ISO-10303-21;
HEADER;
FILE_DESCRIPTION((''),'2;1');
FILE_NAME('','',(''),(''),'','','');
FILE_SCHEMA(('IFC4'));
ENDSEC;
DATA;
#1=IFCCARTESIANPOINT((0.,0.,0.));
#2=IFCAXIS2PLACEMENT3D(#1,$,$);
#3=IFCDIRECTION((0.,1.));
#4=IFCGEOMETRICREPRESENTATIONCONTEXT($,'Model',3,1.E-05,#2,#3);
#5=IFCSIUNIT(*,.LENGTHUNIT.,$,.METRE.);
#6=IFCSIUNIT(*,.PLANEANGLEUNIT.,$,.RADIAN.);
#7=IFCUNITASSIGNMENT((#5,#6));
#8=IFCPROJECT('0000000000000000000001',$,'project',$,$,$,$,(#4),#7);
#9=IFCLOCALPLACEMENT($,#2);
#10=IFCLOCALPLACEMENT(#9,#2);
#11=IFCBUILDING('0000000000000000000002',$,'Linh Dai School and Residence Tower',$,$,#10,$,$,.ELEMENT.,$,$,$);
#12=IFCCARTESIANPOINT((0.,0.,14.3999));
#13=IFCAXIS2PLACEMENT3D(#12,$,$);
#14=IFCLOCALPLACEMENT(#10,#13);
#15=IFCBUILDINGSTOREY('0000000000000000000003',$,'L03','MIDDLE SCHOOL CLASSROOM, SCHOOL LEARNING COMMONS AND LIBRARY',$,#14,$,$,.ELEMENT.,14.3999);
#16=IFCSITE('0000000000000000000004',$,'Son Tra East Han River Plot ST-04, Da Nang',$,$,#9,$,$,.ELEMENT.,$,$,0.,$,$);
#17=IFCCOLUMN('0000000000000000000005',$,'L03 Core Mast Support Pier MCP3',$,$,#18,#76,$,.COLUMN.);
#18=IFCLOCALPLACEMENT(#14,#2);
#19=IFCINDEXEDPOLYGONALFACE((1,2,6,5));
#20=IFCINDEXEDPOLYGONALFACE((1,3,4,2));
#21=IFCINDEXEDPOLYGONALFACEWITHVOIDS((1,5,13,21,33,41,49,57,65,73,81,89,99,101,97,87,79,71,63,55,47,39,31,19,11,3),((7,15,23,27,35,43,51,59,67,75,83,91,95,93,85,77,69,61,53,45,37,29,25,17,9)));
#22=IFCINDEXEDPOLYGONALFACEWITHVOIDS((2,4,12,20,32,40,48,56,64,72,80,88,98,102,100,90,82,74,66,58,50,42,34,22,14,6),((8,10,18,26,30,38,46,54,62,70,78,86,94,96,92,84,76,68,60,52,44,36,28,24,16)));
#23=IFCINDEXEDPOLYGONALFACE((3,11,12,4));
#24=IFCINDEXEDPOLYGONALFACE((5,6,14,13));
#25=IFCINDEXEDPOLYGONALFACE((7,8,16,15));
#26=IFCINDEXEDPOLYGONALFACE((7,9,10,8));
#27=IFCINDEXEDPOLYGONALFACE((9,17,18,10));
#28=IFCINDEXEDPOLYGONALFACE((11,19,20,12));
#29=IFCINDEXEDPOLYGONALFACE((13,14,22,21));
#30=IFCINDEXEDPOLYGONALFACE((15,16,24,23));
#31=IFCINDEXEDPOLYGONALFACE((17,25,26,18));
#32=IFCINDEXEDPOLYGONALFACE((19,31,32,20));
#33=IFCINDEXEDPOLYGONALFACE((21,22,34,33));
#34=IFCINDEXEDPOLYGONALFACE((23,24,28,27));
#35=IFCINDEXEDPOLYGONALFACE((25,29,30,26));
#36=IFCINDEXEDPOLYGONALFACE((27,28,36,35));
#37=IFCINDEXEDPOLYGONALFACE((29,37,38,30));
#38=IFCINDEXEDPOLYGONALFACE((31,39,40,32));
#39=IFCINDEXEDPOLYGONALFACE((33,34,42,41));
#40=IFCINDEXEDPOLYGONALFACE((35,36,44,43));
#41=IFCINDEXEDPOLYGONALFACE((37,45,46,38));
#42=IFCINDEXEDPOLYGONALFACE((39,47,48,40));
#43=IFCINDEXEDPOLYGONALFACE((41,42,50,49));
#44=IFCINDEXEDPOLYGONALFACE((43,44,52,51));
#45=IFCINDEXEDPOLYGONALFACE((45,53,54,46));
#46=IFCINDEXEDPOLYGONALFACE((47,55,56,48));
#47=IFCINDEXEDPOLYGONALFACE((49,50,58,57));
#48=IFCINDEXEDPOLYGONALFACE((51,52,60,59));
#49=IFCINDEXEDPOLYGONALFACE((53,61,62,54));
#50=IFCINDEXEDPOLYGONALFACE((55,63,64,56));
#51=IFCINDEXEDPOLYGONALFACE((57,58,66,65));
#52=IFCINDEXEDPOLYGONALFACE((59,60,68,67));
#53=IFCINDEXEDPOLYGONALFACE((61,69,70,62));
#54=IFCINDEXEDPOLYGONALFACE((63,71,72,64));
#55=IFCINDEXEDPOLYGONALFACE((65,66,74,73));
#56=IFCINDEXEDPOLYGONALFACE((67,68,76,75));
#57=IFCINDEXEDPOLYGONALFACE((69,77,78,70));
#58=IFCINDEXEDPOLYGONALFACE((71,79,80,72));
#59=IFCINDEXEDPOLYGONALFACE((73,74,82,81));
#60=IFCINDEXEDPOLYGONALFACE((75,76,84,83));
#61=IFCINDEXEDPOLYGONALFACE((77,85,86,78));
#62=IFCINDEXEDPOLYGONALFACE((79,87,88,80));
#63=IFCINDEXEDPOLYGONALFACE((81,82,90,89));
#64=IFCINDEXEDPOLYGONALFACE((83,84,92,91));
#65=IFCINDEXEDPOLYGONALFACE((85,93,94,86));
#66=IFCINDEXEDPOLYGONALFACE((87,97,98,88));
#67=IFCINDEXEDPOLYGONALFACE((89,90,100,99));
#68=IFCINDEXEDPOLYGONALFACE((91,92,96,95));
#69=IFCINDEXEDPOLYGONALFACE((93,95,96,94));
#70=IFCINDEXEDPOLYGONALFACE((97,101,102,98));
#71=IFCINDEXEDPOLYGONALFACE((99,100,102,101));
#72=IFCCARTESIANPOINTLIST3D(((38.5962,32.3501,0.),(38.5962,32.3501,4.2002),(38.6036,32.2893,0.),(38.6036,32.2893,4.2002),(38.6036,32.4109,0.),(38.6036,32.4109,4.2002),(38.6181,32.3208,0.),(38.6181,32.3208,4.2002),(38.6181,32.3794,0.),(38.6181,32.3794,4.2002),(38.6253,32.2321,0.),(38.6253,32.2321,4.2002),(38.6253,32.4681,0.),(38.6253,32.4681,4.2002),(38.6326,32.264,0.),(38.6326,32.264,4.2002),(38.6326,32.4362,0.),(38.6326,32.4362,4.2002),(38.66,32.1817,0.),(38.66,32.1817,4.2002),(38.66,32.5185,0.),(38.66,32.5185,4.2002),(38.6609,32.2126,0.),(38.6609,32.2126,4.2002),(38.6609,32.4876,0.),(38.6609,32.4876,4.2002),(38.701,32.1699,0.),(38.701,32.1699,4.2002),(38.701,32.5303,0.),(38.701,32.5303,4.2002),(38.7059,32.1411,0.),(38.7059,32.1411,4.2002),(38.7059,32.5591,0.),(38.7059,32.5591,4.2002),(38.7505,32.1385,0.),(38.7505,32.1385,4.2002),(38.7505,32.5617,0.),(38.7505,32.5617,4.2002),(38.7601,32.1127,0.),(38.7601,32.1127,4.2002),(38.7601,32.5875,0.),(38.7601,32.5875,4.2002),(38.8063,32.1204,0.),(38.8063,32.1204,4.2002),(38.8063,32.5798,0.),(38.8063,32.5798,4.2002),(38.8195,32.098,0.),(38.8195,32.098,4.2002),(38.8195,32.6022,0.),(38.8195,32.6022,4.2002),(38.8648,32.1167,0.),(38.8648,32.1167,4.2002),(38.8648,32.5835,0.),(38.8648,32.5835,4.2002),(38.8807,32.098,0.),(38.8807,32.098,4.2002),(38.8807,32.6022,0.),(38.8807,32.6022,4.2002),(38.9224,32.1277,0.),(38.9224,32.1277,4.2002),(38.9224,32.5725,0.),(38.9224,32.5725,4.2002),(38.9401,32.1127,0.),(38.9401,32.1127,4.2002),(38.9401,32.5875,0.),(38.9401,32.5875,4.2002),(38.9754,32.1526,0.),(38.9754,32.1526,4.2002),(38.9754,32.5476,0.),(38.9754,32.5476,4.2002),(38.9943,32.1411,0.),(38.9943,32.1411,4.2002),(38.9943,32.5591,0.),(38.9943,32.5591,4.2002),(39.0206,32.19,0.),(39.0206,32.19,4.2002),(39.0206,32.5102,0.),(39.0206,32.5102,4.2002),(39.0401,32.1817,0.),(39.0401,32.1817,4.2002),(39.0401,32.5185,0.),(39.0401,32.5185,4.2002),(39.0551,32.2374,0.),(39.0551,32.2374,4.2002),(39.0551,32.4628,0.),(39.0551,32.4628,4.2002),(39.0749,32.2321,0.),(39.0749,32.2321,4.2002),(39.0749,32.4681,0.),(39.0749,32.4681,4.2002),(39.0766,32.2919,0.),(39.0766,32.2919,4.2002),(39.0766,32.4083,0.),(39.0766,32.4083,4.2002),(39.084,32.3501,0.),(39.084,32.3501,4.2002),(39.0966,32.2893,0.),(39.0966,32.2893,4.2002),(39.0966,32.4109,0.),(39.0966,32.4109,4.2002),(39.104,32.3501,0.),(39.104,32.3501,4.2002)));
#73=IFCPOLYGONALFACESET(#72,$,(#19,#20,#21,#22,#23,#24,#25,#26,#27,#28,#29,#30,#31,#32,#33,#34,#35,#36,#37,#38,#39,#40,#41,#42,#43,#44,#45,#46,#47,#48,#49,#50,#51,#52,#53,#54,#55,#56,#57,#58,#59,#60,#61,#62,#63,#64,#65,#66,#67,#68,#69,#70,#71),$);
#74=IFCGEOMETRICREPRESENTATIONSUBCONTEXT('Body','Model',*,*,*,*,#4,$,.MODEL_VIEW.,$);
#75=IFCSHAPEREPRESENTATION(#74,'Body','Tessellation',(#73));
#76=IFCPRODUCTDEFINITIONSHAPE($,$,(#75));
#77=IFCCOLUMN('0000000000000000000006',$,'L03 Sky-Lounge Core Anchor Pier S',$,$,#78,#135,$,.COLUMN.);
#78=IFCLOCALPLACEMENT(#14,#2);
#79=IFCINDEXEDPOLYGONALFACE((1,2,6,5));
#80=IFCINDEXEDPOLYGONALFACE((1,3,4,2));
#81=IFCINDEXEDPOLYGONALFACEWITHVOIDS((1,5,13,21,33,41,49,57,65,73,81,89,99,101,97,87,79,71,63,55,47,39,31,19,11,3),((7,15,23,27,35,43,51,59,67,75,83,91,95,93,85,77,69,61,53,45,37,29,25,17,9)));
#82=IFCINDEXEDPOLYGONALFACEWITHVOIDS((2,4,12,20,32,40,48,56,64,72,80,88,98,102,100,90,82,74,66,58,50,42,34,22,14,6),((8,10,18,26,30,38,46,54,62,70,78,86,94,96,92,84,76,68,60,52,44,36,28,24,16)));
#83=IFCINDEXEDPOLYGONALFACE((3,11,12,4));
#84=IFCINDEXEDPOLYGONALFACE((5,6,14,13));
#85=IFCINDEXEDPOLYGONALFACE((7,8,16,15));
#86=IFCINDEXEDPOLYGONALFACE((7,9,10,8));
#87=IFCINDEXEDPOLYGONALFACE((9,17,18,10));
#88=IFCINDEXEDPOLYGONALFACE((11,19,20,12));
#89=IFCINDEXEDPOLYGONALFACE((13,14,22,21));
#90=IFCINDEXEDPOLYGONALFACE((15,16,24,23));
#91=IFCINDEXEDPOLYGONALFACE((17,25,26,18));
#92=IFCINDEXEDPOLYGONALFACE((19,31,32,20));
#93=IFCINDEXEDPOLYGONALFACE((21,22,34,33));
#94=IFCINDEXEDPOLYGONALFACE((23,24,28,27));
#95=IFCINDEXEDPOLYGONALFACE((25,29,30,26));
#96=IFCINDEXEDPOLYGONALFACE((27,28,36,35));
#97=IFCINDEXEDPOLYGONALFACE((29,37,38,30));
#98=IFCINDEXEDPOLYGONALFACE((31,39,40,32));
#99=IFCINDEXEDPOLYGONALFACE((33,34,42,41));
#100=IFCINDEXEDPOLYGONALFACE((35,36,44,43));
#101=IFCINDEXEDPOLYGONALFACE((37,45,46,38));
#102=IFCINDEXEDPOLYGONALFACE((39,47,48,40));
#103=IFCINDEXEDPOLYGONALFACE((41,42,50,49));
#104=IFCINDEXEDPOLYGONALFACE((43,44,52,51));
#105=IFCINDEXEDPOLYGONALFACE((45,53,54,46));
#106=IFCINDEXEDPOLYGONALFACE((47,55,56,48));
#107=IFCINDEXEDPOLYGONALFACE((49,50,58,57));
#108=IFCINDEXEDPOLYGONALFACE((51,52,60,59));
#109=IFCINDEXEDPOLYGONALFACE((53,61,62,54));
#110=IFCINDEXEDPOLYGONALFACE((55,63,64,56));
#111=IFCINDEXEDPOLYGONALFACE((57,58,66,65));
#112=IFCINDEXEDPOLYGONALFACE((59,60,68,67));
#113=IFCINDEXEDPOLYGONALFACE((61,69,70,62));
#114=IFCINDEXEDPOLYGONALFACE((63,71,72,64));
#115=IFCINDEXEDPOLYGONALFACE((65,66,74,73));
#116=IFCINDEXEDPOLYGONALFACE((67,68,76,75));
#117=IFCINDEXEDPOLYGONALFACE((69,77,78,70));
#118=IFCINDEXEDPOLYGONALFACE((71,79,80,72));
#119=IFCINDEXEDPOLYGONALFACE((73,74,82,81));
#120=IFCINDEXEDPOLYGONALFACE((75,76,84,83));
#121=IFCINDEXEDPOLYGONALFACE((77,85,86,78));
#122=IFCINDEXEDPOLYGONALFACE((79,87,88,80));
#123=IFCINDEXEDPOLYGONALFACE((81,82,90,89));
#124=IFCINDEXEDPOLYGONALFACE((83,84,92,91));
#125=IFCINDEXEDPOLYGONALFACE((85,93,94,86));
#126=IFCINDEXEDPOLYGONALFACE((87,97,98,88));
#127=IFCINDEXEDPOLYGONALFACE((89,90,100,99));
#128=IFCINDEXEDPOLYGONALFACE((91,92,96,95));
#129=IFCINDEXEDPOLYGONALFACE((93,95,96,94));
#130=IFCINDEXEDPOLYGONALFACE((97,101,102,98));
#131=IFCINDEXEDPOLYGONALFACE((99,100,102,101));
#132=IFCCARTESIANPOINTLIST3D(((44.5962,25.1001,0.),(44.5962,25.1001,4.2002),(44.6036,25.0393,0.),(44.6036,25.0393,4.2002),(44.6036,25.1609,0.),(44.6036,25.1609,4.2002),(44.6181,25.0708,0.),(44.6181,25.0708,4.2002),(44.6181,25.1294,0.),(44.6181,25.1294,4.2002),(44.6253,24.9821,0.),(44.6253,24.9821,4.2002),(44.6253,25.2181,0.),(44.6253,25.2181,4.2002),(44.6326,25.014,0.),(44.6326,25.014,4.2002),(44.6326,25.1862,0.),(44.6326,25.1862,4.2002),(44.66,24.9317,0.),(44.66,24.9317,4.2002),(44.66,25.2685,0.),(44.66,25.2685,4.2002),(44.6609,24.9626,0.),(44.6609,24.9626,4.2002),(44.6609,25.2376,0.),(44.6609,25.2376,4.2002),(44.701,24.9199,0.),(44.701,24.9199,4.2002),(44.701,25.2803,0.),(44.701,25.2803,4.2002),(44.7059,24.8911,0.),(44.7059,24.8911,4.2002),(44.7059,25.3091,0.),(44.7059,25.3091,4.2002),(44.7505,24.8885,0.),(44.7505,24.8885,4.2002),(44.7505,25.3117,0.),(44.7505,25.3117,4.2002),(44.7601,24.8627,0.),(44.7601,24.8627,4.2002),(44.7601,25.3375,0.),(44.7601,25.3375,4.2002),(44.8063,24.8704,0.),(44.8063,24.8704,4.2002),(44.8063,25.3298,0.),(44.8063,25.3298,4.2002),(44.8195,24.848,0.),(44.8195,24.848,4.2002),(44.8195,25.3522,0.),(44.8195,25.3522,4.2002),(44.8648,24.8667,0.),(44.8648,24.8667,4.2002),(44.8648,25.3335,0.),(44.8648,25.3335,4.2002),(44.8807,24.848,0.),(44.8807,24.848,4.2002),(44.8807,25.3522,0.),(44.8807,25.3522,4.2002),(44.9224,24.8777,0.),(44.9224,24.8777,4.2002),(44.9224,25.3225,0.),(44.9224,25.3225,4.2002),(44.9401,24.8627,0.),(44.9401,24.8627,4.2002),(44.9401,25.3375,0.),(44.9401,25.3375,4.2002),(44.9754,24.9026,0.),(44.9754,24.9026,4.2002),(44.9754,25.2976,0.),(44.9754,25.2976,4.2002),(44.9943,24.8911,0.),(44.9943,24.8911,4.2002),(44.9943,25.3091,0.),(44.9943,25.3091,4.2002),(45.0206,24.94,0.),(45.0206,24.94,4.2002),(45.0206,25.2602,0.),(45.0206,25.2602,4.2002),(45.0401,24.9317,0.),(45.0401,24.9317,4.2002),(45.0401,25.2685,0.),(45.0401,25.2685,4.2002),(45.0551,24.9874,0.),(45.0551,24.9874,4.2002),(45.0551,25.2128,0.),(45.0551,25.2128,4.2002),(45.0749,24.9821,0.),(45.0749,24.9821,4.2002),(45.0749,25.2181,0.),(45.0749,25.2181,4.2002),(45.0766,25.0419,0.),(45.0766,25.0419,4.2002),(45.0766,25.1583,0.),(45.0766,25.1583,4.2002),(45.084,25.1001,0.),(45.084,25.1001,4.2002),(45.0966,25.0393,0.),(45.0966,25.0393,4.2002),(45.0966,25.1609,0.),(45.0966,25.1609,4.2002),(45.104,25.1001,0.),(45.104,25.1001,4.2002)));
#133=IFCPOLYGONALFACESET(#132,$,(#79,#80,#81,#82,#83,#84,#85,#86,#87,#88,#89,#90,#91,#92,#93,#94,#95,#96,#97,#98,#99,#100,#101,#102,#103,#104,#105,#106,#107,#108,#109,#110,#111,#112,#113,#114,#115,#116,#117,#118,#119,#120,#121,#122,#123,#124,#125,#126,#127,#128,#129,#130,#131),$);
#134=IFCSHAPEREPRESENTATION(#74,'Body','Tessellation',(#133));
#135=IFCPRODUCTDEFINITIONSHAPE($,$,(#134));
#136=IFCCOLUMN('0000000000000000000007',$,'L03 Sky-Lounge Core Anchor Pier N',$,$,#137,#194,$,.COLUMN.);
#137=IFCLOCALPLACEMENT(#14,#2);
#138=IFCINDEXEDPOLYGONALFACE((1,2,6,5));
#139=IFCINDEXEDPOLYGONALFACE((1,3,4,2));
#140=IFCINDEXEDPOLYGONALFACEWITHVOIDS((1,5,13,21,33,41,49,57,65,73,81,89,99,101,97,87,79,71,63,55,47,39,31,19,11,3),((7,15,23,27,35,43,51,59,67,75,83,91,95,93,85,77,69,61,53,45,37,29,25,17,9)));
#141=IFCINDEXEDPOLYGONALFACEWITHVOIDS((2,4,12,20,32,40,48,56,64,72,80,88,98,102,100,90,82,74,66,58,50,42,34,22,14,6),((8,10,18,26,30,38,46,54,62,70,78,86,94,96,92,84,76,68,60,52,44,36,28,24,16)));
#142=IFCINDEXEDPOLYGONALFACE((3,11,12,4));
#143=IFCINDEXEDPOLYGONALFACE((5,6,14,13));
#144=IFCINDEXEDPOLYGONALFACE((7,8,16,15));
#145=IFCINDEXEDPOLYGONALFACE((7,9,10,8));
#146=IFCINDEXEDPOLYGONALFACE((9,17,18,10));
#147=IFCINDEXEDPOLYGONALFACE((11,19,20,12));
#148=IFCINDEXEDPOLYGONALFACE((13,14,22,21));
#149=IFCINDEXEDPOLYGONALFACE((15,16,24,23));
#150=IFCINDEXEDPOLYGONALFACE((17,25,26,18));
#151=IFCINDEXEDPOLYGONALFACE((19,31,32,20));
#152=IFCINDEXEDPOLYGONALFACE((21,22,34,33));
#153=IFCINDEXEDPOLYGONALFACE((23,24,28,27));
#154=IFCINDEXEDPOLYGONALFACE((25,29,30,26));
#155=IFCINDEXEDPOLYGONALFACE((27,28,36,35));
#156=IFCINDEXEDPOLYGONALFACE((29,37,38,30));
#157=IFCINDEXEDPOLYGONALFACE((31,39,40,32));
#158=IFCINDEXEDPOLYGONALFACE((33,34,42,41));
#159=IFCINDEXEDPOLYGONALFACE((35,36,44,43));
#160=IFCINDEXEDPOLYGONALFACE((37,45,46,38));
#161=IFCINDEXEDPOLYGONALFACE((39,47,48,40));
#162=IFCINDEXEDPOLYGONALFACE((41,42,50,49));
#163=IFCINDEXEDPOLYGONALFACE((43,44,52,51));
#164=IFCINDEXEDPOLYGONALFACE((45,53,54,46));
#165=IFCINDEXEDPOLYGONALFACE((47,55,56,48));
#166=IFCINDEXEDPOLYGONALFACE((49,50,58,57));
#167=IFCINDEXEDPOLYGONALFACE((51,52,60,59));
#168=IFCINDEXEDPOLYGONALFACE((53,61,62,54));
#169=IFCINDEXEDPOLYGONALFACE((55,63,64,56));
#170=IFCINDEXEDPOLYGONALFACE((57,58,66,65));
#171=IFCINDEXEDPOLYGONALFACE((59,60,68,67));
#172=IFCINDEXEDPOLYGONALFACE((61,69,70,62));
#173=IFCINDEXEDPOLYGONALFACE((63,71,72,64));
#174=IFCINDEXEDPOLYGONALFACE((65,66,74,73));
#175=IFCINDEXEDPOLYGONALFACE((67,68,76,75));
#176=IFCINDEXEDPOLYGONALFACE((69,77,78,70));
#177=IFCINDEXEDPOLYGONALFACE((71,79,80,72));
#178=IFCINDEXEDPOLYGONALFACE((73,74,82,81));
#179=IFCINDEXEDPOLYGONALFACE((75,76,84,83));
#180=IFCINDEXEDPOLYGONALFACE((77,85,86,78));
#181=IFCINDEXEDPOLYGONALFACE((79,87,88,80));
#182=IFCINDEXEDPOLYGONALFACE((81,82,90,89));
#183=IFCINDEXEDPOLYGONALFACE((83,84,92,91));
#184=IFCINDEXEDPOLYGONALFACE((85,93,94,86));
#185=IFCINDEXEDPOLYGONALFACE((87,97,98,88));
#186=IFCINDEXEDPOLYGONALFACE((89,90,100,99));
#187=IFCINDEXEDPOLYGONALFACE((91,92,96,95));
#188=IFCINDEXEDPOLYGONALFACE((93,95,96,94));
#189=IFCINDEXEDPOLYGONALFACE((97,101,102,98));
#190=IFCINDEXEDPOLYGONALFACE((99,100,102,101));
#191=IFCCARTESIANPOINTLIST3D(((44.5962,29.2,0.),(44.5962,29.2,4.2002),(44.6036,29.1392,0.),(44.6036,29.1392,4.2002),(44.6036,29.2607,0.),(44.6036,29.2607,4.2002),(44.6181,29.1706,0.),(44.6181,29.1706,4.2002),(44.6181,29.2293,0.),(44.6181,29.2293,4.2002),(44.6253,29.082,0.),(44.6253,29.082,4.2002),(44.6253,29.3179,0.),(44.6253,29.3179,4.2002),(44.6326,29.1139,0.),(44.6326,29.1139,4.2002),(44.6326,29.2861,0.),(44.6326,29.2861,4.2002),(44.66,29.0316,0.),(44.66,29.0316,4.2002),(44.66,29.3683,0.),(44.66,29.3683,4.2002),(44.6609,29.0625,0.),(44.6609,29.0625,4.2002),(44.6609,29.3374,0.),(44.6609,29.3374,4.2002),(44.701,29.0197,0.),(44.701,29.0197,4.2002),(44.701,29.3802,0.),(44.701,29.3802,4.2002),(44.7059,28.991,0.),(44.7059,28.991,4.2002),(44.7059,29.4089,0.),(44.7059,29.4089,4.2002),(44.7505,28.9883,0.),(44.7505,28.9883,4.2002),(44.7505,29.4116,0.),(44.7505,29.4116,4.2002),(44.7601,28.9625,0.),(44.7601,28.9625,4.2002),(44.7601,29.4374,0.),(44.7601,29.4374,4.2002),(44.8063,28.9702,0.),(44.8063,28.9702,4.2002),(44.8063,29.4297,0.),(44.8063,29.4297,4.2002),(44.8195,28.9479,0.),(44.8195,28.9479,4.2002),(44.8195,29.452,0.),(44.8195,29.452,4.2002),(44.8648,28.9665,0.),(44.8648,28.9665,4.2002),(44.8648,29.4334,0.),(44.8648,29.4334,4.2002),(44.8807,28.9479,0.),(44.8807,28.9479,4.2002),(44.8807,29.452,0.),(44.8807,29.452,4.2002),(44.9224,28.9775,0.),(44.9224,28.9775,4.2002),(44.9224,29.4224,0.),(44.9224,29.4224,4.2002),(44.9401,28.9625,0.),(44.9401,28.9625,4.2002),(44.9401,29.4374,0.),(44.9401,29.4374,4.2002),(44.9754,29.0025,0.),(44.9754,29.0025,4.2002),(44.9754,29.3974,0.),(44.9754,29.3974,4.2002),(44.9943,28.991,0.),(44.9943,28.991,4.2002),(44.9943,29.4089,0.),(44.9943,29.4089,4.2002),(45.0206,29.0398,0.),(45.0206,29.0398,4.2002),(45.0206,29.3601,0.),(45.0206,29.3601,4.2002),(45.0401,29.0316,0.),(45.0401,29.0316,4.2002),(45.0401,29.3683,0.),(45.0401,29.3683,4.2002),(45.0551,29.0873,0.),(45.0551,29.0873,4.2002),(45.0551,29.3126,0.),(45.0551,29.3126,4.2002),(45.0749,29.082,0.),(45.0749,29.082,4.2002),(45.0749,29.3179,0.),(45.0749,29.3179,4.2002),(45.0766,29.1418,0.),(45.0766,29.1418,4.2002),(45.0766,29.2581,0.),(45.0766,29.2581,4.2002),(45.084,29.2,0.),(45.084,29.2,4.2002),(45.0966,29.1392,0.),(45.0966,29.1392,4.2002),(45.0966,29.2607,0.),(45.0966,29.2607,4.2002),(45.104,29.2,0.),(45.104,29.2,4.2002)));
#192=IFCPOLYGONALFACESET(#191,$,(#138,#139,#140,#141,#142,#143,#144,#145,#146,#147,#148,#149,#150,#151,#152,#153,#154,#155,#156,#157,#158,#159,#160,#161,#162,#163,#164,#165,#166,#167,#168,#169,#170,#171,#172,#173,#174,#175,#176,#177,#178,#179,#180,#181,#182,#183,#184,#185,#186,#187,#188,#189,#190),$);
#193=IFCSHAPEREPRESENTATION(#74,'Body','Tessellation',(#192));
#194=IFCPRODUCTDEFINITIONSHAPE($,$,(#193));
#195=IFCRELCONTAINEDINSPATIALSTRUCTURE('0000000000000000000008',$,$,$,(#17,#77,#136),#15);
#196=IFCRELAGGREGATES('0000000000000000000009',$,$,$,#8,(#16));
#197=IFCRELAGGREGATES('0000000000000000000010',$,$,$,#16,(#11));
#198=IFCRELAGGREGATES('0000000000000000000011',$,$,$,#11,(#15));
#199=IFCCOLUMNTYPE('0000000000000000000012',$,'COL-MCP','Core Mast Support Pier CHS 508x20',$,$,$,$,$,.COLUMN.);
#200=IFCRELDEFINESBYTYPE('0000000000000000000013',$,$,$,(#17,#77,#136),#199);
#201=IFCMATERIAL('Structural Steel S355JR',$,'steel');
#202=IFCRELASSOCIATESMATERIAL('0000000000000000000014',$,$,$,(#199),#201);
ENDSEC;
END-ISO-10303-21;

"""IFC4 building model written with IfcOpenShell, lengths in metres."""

from ifc_helpers import new_model, si_unit, direction, frame, origin, origin_2d, place, context, subcontext, project, spatial, hollow_circle, extrude, material, material_profile, profile_set, type_object, element, save


model = new_model("IFC4")

# Units and contexts
model_context = context("Model", 3, precision=1e-05, world=origin(), true_north=direction((0.0, 1.0)))
body_context = subcontext(model_context, "Body", "Model", "MODEL_VIEW")
ifc_project = project(units=[si_unit("LENGTHUNIT", "METRE"), si_unit("PLANEANGLEUNIT", "RADIAN")], contexts=[model_context])

# Site, building, storey
site_placement = place(None, origin())
site = spatial("IfcSite", under=ifc_project, at=site_placement, Name="Son Tra East Han River Plot ST-04, Da Nang", CompositionType="ELEMENT", RefElevation=0.0)
building_placement = place(site_placement, origin())
building = spatial("IfcBuilding", under=site, at=building_placement, Name="Linh Dai School and Residence Tower", CompositionType="ELEMENT")
storey_placement = place(building_placement, frame((0.0, 0.0, 14.3999)))
storey = spatial("IfcBuildingStorey", under=building, at=storey_placement, Name="L03", Description="MIDDLE SCHOOL CLASSROOM, SCHOOL LEARNING COMMONS AND LIBRARY", CompositionType="ELEMENT", Elevation=14.3999)

# Columns
ifc_material_1 = material(Name="Structural Steel S355JR", Category="steel")
ifc_material_profile_1 = material_profile(ifc_material_1, hollow_circle(Radius=0.2539, WallThickness=0.02, at=origin_2d()), Name="CHS 508x20")
ifc_profile_set_1 = profile_set([ifc_material_profile_1], Name="Structural Steel S355JR")
column_type_1 = type_object("IfcColumnType", Name="COL-MCP", Description="Core Mast Support Pier CHS 508x20", PredefinedType="COLUMN", material=ifc_profile_set_1)
for number, where, z_axis, x_axis, name in (
    (1, (38.8501, 32.3501, 0.0), (0.0, 0.0, 1.0), (1.0, 0.0, 0.0), "L03 Core Mast Support Pier MCP3"),
    (2, (44.8501, 25.1001, 0.0), (0.0, 0.0, 1.0), (1.0, 0.0, 0.0), "L03 Sky-Lounge Core Anchor Pier S"),
    (3, (44.8501, 29.2, 0.0), (0.0, 0.0, 1.0), (1.0, 0.0, 0.0), "L03 Sky-Lounge Core Anchor Pier N"),
):
    element("IfcColumn", number, at=place(storey_placement, frame(where, z_axis=z_axis, x_axis=x_axis)), inside=storey, type_object=column_type_1, Name=name, PredefinedType="COLUMN", context=body_context, shape_type="SweptSolid", body=[
        extrude(hollow_circle(Radius=0.2539, WallThickness=0.02, at=origin_2d()), origin(), (0.0, 0.0, 1.0), 4.2002),
    ])

save(model, "model.ifc")
